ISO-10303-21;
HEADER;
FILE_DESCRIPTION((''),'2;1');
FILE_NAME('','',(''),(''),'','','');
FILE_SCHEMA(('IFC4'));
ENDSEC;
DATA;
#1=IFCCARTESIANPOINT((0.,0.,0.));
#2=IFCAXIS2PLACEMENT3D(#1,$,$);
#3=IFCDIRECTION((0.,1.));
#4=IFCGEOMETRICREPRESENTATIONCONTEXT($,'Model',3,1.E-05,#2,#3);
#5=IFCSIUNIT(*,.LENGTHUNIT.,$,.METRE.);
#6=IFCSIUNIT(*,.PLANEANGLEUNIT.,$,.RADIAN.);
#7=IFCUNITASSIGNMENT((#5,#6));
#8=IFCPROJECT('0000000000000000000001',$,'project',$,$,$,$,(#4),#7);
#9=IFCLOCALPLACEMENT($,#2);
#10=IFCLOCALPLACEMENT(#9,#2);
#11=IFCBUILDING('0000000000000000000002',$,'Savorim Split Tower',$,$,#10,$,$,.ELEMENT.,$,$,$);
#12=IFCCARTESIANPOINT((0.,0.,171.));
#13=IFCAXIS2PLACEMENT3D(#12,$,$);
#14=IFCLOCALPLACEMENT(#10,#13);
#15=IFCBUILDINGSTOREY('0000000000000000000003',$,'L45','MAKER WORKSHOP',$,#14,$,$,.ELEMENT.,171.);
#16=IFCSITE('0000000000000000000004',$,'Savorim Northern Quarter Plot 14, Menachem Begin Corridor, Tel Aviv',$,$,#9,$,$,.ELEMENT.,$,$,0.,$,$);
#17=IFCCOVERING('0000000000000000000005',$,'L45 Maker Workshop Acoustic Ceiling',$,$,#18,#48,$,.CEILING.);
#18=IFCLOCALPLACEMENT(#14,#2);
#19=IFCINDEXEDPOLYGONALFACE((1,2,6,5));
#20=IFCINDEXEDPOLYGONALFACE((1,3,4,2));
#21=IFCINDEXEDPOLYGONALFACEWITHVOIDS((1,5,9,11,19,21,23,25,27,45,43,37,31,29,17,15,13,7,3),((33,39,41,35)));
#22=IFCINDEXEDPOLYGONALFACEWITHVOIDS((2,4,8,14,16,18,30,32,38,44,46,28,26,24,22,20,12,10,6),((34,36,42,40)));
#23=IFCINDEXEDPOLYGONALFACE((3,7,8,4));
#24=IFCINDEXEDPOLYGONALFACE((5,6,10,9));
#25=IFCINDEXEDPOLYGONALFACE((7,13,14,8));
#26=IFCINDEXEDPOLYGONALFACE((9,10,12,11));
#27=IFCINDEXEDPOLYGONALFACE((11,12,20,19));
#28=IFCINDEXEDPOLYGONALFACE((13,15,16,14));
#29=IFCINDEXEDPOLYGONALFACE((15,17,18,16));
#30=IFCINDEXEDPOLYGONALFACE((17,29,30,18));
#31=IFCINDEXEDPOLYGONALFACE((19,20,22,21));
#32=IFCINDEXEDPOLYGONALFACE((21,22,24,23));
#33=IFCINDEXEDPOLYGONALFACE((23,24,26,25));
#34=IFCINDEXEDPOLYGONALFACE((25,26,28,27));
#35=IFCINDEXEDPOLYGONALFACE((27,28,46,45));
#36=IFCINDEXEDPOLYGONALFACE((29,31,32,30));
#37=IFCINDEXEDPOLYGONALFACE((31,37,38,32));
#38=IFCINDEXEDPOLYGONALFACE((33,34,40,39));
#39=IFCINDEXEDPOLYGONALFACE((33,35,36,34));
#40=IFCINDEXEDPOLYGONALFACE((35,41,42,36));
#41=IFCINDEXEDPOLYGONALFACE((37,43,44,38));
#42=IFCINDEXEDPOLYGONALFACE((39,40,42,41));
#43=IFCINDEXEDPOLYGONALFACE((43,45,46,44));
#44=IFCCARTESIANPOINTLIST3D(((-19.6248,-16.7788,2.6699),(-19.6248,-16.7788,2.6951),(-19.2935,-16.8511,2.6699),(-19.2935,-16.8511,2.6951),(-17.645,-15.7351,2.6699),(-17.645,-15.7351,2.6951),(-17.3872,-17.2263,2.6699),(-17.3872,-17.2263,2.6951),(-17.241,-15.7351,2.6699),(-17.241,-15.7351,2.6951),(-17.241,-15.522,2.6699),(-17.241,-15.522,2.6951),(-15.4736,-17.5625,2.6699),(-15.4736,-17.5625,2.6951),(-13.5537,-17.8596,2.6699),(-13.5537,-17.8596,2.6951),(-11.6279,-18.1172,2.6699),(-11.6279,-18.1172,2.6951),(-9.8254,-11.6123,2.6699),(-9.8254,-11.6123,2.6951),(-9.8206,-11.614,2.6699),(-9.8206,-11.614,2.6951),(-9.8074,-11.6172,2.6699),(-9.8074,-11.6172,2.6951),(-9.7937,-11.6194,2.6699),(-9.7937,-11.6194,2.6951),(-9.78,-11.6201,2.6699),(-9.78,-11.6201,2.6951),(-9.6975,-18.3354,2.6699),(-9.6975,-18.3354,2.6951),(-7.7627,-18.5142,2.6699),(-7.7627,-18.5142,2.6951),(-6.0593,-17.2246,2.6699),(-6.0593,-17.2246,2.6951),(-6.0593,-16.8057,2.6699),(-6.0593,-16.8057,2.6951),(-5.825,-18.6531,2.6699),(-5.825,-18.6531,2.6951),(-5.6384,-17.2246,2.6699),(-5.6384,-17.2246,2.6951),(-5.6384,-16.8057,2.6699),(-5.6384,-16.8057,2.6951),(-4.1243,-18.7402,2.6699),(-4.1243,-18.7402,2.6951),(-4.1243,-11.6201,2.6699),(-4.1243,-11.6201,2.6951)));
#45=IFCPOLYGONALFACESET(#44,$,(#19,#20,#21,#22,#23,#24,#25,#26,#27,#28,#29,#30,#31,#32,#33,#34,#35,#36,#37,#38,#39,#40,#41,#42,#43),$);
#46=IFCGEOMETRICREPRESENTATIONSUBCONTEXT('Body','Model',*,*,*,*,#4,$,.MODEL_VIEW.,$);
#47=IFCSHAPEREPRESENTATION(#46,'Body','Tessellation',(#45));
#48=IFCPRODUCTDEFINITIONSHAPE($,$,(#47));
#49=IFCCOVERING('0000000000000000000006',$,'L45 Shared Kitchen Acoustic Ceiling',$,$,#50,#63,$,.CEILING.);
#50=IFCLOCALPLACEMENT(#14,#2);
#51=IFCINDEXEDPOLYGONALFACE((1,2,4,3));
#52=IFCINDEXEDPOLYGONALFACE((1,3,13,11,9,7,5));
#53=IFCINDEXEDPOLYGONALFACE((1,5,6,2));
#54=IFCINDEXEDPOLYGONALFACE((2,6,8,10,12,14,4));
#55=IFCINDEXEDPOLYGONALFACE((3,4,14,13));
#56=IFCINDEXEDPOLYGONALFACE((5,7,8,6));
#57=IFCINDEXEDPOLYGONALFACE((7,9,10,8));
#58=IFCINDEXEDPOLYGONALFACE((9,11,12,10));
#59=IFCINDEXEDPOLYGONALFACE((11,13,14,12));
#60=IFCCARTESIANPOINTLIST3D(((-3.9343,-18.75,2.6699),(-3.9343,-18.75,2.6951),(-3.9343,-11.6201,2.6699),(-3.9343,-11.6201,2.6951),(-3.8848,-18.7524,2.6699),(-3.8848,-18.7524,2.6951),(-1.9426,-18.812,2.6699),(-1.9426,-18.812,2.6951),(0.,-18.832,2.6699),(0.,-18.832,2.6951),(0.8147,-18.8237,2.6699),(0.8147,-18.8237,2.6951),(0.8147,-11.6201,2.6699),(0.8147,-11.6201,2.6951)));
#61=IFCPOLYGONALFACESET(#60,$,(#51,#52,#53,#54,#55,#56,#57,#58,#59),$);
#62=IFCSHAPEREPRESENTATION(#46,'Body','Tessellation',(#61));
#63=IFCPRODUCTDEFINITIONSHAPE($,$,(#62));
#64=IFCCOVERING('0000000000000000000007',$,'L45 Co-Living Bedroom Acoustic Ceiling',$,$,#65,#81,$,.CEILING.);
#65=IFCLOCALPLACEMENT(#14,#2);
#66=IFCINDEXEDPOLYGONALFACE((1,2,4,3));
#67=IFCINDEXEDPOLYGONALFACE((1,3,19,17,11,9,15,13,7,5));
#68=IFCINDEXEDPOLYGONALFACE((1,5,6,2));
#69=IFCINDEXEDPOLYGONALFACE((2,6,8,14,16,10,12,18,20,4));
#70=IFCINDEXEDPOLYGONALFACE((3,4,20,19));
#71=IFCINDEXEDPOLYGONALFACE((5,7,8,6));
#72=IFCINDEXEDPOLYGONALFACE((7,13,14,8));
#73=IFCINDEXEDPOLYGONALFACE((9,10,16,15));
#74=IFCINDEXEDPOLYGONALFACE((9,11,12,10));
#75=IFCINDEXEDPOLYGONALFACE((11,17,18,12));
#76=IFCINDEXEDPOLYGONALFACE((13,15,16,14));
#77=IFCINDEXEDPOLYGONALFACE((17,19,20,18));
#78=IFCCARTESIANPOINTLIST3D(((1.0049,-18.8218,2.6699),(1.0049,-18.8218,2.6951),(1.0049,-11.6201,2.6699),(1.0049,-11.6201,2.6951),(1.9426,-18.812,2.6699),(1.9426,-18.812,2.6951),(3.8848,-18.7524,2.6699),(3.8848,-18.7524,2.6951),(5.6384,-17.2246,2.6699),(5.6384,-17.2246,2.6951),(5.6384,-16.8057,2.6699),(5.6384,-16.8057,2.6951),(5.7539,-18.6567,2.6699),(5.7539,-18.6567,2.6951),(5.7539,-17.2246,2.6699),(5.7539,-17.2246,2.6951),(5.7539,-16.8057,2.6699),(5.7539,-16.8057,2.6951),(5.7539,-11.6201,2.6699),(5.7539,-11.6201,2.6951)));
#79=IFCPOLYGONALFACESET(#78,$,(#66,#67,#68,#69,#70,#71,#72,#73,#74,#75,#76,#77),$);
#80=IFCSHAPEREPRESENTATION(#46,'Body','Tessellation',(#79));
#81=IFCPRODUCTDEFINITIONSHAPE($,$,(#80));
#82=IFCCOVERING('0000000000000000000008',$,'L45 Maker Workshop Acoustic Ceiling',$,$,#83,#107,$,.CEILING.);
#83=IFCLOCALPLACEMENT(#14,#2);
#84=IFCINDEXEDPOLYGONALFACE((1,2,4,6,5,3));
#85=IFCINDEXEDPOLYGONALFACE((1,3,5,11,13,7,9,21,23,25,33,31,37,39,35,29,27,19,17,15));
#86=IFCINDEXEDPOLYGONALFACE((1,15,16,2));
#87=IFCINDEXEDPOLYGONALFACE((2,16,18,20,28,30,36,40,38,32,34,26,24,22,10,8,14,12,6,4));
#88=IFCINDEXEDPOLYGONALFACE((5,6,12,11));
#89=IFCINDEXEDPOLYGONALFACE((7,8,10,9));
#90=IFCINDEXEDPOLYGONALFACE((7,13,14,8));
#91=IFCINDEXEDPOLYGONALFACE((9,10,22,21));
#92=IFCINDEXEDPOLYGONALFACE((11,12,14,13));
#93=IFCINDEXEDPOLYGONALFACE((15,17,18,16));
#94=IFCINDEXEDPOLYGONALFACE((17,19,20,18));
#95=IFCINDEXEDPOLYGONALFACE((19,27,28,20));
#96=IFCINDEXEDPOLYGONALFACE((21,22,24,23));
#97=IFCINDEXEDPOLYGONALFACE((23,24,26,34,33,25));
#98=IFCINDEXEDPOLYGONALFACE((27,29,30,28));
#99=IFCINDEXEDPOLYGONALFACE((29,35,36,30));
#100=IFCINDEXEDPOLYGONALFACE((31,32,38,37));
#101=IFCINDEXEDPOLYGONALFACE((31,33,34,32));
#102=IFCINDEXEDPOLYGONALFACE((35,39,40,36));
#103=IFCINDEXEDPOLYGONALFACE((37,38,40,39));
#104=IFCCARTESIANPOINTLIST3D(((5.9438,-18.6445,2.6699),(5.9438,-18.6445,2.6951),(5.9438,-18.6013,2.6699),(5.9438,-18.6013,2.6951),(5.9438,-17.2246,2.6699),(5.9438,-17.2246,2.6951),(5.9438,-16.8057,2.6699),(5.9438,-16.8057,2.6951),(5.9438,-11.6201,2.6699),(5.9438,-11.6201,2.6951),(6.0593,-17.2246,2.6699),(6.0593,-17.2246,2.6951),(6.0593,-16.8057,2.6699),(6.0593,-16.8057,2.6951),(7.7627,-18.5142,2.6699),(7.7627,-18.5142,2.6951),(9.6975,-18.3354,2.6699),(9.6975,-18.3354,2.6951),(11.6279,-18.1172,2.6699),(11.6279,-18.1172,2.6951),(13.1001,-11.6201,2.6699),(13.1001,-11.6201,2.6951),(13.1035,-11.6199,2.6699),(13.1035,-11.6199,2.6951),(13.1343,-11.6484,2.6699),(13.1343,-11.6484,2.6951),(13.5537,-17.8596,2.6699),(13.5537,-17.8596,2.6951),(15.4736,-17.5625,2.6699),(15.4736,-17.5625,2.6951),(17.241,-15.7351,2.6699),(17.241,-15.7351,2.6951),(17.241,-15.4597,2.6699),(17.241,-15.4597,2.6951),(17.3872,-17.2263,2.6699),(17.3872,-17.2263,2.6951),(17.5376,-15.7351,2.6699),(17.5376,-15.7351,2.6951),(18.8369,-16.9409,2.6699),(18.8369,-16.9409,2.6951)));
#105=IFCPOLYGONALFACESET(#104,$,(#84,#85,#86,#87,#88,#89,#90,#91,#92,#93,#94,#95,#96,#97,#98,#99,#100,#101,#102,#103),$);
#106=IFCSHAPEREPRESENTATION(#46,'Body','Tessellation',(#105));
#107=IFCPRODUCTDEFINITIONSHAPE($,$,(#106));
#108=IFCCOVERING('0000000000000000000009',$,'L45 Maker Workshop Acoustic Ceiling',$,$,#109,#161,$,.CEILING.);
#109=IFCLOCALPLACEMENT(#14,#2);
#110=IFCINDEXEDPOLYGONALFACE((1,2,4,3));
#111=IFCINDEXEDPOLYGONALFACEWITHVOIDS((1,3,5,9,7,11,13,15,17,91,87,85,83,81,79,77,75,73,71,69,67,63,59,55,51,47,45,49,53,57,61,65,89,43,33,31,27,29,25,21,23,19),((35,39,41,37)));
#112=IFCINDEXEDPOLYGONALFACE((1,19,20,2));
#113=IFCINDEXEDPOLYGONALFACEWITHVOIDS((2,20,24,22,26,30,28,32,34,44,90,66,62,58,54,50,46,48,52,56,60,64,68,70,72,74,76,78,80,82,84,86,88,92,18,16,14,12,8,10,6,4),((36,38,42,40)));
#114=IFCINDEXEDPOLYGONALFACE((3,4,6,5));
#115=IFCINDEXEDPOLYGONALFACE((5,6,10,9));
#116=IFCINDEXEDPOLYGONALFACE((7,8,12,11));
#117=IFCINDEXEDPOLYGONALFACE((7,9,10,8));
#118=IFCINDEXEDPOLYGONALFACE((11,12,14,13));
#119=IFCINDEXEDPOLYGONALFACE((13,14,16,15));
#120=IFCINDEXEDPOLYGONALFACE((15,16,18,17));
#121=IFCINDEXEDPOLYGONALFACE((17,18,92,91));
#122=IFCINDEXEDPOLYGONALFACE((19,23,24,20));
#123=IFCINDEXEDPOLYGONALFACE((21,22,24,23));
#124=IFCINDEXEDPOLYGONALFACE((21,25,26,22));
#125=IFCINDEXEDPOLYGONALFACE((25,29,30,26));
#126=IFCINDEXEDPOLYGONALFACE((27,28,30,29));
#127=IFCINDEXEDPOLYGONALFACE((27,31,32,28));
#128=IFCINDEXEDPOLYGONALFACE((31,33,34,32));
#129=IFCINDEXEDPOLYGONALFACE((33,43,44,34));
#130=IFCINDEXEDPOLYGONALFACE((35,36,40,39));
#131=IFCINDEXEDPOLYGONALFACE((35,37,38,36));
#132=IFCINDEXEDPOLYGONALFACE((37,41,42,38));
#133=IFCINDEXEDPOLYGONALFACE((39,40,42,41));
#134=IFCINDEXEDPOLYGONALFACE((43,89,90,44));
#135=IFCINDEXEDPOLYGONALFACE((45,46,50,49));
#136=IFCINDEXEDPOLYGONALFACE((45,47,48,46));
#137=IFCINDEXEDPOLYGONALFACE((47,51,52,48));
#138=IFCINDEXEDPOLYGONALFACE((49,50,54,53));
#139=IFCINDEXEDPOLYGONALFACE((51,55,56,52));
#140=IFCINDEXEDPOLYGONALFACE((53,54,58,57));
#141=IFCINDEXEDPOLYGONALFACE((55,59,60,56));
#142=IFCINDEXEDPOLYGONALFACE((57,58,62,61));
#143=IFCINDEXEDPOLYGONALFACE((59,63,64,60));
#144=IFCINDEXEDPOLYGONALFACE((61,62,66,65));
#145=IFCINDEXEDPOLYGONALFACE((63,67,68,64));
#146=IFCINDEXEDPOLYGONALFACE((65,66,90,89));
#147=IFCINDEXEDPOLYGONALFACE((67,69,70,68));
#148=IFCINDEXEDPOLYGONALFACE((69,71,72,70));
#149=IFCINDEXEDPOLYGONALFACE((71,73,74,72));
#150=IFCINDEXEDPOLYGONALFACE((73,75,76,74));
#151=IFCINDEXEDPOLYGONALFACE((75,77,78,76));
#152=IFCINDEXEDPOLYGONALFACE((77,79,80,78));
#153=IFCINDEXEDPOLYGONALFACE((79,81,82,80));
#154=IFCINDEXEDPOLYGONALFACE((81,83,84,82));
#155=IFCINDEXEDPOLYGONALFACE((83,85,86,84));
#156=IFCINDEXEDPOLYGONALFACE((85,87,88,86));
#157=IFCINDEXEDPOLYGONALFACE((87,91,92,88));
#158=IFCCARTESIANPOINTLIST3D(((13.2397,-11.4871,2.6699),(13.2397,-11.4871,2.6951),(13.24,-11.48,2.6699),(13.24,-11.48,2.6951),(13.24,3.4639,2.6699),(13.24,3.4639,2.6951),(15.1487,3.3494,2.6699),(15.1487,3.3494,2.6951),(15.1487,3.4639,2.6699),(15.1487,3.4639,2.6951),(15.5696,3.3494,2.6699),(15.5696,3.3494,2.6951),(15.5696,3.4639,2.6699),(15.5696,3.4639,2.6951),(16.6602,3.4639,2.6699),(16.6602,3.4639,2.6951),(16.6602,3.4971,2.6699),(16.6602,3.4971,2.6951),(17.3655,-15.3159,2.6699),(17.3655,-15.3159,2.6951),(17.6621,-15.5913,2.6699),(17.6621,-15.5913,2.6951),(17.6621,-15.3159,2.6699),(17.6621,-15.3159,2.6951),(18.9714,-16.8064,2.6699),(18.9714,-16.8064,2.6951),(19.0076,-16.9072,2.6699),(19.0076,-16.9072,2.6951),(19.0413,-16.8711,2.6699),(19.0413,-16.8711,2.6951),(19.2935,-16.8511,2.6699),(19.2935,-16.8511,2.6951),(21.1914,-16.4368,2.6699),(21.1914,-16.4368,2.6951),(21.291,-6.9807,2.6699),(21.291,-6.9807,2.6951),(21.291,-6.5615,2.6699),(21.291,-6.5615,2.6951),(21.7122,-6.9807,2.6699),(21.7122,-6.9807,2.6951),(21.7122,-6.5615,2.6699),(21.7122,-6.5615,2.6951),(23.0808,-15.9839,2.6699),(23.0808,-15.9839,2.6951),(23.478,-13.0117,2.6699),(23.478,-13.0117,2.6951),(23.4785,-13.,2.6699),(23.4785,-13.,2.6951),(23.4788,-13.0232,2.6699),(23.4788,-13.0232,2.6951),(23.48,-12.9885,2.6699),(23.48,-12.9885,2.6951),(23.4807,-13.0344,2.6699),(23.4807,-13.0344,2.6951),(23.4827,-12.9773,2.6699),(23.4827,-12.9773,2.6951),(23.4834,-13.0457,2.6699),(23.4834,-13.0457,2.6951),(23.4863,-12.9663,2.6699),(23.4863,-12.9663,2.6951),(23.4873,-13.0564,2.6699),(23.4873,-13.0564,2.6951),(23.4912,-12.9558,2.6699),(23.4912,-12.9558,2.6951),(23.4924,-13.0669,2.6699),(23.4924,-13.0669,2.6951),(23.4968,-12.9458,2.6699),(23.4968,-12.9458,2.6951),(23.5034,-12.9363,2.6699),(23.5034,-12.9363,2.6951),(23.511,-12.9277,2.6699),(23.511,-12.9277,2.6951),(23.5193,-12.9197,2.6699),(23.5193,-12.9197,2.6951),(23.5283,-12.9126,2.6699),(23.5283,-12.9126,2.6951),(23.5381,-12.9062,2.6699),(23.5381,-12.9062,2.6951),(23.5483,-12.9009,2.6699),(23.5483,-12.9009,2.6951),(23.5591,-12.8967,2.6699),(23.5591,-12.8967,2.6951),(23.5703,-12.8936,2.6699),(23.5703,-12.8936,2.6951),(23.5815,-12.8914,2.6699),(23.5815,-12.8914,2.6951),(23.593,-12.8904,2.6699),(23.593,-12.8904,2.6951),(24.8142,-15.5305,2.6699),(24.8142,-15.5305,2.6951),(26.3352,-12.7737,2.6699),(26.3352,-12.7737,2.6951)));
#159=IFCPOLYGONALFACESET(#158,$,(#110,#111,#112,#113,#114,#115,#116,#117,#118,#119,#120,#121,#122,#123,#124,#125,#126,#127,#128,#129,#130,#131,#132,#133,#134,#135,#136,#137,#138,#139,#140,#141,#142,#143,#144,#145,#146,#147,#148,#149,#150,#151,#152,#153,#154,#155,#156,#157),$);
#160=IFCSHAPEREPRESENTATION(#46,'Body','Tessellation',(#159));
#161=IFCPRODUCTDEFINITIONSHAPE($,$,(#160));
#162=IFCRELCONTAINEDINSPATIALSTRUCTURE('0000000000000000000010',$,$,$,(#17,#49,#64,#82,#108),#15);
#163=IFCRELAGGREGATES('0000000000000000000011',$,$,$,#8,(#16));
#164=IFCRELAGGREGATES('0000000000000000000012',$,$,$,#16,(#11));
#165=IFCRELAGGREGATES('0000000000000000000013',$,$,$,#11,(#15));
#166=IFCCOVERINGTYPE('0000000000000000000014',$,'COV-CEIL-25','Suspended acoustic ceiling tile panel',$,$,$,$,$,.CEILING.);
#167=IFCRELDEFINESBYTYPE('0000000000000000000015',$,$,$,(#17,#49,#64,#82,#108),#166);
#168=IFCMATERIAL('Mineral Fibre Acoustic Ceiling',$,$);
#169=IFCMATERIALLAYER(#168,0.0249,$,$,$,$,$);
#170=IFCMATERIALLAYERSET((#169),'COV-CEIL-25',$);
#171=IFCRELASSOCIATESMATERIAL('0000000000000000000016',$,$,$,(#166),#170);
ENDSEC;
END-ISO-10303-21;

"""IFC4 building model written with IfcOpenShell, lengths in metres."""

from ifc_helpers import new_model, si_unit, direction, frame, origin, place, context, subcontext, project, spatial, polyline, outline, extrude, material, layer, layer_set, type_object, element, save


model = new_model("IFC4")

# Units and contexts
model_context = context("Model", 3, precision=1e-05, world=origin(), true_north=direction((0.0, 1.0)))
body_context = subcontext(model_context, "Body", "Model", "MODEL_VIEW")
ifc_project = project(units=[si_unit("LENGTHUNIT", "METRE"), si_unit("PLANEANGLEUNIT", "RADIAN")], contexts=[model_context])

# Site, building, storey
site_placement = place(None, origin())
site = spatial("IfcSite", under=ifc_project, at=site_placement, Name="Savorim Northern Quarter Plot 14, Menachem Begin Corridor, Tel Aviv", CompositionType="ELEMENT", RefElevation=0.0)
building_placement = place(site_placement, origin())
building = spatial("IfcBuilding", under=site, at=building_placement, Name="Savorim Split Tower", CompositionType="ELEMENT")
storey_placement = place(building_placement, frame((0.0, 0.0, 171.0)))
storey = spatial("IfcBuildingStorey", under=building, at=storey_placement, Name="L45", Description="MAKER WORKSHOP", CompositionType="ELEMENT", Elevation=171.0)

# Coverings
ifc_material_1 = material(Name="Mineral Fibre Acoustic Ceiling")
ifc_layer_1 = layer(ifc_material_1, 0.0249)
ifc_layer_set_1 = layer_set([ifc_layer_1], Name="COV-CEIL-25")
covering_type_1 = type_object("IfcCoveringType", Name="COV-CEIL-25", Description="Suspended acoustic ceiling tile panel", PredefinedType="CEILING", material=ifc_layer_set_1)
covering_1_placement = place(storey_placement, frame((0.0, 0.0, 2.6699)))
element("IfcCovering", 1, at=covering_1_placement, inside=storey, type_object=covering_type_1, Name="L45 Maker Workshop Acoustic Ceiling", PredefinedType="CEILING", context=body_context, shape_type="SweptSolid", body=[
    extrude(outline(polyline([(-9.6975, -18.3354), (-7.7627, -18.5142), (-5.825, -18.6531), (-4.1243, -18.7402), (-4.1243, -11.6201), (-9.78, -11.6201), (-9.7937, -11.6194), (-9.8074, -11.6172), (-9.8206, -11.614), (-9.8254, -11.6123), (-17.241, -15.522), (-17.241, -15.7351), (-17.645, -15.7351), (-19.6248, -16.7788), (-19.2935, -16.8511), (-17.3872, -17.2263), (-15.4736, -17.5625), (-13.5537, -17.8596), (-11.6279, -18.1172), (-9.6975, -18.3354)]), holes=[polyline([(-6.0593, -17.2246), (-5.6384, -17.2246), (-5.6384, -16.8057), (-6.0593, -16.8057), (-6.0593, -17.2246)])]), origin(), (0.0, 0.0, 1.0), 0.0251),
])
covering_2_placement = place(storey_placement, frame((0.0, 0.0, 2.6699)))
element("IfcCovering", 2, at=covering_2_placement, inside=storey, type_object=covering_type_1, Name="L45 Shared Kitchen Acoustic Ceiling", PredefinedType="CEILING", context=body_context, shape_type="SweptSolid", body=[
    extrude(outline(polyline([(-3.8848, -18.7524), (-1.9426, -18.812), (0.0, -18.832), (0.8147, -18.8237), (0.8147, -11.6201), (-3.9343, -11.6201), (-3.9343, -18.75), (-3.8848, -18.7524)])), origin(), (0.0, 0.0, 1.0), 0.0251),
])
covering_3_placement = place(storey_placement, frame((0.0, 0.0, 2.6699)))
element("IfcCovering", 3, at=covering_3_placement, inside=storey, type_object=covering_type_1, Name="L45 Co-Living Bedroom Acoustic Ceiling", PredefinedType="CEILING", context=body_context, shape_type="SweptSolid", body=[
    extrude(outline(polyline([(1.0049, -11.6201), (1.0049, -18.8218), (1.9426, -18.812), (3.8848, -18.7524), (5.7539, -18.6567), (5.7539, -17.2246), (5.6384, -17.2246), (5.6384, -16.8057), (5.7539, -16.8057), (5.7539, -11.6201), (1.0049, -11.6201)])), origin(), (0.0, 0.0, 1.0), 0.0251),
])
covering_4_placement = place(storey_placement, frame((0.0, 0.0, 2.6699)))
element("IfcCovering", 4, at=covering_4_placement, inside=storey, type_object=covering_type_1, Name="L45 Maker Workshop Acoustic Ceiling", PredefinedType="CEILING", context=body_context, shape_type="SweptSolid", body=[
    extrude(outline(polyline([(11.6279, -18.1172), (13.5537, -17.8596), (15.4736, -17.5625), (17.3872, -17.2263), (18.8369, -16.9409), (17.5376, -15.7351), (17.241, -15.7351), (17.241, -15.4597), (13.1343, -11.6484), (13.1035, -11.6199), (13.1001, -11.6201), (5.9438, -11.6201), (5.9438, -16.8057), (6.0593, -16.8057), (6.0593, -17.2246), (5.9438, -17.2246), (5.9438, -18.6013), (5.9438, -18.6445), (7.7627, -18.5142), (9.6975, -18.3354), (11.6279, -18.1172)])), origin(), (0.0, 0.0, 1.0), 0.0251),
])
covering_5_placement = place(storey_placement, frame((0.0, 0.0, 2.6699)))
element("IfcCovering", 5, at=covering_5_placement, inside=storey, type_object=covering_type_1, Name="L45 Maker Workshop Acoustic Ceiling", PredefinedType="CEILING", context=body_context, shape_type="SweptSolid", body=[
    extrude(outline(polyline([(23.5703, -12.8936), (23.5815, -12.8914), (23.593, -12.8904), (26.3352, -12.7737), (16.6602, 3.4971), (16.6602, 3.4639), (15.5696, 3.4639), (15.5696, 3.3494), (15.1487, 3.3494), (15.1487, 3.4639), (13.24, 3.4639), (13.24, -11.48), (13.2397, -11.4871), (17.3655, -15.3159), (17.6621, -15.3159), (17.6621, -15.5913), (18.9714, -16.8064), (19.0413, -16.8711), (19.0076, -16.9072), (19.2935, -16.8511), (21.1914, -16.4368), (23.0808, -15.9839), (24.8142, -15.5305), (23.4924, -13.0669), (23.4873, -13.0564), (23.4834, -13.0457), (23.4807, -13.0344), (23.4788, -13.0232), (23.478, -13.0117), (23.4785, -13.0), (23.48, -12.9885), (23.4827, -12.9773), (23.4863, -12.9663), (23.4912, -12.9558), (23.4968, -12.9458), (23.5034, -12.9363), (23.511, -12.9277), (23.5193, -12.9197), (23.5283, -12.9126), (23.5381, -12.9062), (23.5483, -12.9009), (23.5591, -12.8967), (23.5703, -12.8936)]), holes=[polyline([(21.7122, -6.9807), (21.7122, -6.5615), (21.291, -6.5615), (21.291, -6.9807), (21.7122, -6.9807)])]), origin(), (0.0, 0.0, 1.0), 0.0251),
])

save(model, "model.ifc")
